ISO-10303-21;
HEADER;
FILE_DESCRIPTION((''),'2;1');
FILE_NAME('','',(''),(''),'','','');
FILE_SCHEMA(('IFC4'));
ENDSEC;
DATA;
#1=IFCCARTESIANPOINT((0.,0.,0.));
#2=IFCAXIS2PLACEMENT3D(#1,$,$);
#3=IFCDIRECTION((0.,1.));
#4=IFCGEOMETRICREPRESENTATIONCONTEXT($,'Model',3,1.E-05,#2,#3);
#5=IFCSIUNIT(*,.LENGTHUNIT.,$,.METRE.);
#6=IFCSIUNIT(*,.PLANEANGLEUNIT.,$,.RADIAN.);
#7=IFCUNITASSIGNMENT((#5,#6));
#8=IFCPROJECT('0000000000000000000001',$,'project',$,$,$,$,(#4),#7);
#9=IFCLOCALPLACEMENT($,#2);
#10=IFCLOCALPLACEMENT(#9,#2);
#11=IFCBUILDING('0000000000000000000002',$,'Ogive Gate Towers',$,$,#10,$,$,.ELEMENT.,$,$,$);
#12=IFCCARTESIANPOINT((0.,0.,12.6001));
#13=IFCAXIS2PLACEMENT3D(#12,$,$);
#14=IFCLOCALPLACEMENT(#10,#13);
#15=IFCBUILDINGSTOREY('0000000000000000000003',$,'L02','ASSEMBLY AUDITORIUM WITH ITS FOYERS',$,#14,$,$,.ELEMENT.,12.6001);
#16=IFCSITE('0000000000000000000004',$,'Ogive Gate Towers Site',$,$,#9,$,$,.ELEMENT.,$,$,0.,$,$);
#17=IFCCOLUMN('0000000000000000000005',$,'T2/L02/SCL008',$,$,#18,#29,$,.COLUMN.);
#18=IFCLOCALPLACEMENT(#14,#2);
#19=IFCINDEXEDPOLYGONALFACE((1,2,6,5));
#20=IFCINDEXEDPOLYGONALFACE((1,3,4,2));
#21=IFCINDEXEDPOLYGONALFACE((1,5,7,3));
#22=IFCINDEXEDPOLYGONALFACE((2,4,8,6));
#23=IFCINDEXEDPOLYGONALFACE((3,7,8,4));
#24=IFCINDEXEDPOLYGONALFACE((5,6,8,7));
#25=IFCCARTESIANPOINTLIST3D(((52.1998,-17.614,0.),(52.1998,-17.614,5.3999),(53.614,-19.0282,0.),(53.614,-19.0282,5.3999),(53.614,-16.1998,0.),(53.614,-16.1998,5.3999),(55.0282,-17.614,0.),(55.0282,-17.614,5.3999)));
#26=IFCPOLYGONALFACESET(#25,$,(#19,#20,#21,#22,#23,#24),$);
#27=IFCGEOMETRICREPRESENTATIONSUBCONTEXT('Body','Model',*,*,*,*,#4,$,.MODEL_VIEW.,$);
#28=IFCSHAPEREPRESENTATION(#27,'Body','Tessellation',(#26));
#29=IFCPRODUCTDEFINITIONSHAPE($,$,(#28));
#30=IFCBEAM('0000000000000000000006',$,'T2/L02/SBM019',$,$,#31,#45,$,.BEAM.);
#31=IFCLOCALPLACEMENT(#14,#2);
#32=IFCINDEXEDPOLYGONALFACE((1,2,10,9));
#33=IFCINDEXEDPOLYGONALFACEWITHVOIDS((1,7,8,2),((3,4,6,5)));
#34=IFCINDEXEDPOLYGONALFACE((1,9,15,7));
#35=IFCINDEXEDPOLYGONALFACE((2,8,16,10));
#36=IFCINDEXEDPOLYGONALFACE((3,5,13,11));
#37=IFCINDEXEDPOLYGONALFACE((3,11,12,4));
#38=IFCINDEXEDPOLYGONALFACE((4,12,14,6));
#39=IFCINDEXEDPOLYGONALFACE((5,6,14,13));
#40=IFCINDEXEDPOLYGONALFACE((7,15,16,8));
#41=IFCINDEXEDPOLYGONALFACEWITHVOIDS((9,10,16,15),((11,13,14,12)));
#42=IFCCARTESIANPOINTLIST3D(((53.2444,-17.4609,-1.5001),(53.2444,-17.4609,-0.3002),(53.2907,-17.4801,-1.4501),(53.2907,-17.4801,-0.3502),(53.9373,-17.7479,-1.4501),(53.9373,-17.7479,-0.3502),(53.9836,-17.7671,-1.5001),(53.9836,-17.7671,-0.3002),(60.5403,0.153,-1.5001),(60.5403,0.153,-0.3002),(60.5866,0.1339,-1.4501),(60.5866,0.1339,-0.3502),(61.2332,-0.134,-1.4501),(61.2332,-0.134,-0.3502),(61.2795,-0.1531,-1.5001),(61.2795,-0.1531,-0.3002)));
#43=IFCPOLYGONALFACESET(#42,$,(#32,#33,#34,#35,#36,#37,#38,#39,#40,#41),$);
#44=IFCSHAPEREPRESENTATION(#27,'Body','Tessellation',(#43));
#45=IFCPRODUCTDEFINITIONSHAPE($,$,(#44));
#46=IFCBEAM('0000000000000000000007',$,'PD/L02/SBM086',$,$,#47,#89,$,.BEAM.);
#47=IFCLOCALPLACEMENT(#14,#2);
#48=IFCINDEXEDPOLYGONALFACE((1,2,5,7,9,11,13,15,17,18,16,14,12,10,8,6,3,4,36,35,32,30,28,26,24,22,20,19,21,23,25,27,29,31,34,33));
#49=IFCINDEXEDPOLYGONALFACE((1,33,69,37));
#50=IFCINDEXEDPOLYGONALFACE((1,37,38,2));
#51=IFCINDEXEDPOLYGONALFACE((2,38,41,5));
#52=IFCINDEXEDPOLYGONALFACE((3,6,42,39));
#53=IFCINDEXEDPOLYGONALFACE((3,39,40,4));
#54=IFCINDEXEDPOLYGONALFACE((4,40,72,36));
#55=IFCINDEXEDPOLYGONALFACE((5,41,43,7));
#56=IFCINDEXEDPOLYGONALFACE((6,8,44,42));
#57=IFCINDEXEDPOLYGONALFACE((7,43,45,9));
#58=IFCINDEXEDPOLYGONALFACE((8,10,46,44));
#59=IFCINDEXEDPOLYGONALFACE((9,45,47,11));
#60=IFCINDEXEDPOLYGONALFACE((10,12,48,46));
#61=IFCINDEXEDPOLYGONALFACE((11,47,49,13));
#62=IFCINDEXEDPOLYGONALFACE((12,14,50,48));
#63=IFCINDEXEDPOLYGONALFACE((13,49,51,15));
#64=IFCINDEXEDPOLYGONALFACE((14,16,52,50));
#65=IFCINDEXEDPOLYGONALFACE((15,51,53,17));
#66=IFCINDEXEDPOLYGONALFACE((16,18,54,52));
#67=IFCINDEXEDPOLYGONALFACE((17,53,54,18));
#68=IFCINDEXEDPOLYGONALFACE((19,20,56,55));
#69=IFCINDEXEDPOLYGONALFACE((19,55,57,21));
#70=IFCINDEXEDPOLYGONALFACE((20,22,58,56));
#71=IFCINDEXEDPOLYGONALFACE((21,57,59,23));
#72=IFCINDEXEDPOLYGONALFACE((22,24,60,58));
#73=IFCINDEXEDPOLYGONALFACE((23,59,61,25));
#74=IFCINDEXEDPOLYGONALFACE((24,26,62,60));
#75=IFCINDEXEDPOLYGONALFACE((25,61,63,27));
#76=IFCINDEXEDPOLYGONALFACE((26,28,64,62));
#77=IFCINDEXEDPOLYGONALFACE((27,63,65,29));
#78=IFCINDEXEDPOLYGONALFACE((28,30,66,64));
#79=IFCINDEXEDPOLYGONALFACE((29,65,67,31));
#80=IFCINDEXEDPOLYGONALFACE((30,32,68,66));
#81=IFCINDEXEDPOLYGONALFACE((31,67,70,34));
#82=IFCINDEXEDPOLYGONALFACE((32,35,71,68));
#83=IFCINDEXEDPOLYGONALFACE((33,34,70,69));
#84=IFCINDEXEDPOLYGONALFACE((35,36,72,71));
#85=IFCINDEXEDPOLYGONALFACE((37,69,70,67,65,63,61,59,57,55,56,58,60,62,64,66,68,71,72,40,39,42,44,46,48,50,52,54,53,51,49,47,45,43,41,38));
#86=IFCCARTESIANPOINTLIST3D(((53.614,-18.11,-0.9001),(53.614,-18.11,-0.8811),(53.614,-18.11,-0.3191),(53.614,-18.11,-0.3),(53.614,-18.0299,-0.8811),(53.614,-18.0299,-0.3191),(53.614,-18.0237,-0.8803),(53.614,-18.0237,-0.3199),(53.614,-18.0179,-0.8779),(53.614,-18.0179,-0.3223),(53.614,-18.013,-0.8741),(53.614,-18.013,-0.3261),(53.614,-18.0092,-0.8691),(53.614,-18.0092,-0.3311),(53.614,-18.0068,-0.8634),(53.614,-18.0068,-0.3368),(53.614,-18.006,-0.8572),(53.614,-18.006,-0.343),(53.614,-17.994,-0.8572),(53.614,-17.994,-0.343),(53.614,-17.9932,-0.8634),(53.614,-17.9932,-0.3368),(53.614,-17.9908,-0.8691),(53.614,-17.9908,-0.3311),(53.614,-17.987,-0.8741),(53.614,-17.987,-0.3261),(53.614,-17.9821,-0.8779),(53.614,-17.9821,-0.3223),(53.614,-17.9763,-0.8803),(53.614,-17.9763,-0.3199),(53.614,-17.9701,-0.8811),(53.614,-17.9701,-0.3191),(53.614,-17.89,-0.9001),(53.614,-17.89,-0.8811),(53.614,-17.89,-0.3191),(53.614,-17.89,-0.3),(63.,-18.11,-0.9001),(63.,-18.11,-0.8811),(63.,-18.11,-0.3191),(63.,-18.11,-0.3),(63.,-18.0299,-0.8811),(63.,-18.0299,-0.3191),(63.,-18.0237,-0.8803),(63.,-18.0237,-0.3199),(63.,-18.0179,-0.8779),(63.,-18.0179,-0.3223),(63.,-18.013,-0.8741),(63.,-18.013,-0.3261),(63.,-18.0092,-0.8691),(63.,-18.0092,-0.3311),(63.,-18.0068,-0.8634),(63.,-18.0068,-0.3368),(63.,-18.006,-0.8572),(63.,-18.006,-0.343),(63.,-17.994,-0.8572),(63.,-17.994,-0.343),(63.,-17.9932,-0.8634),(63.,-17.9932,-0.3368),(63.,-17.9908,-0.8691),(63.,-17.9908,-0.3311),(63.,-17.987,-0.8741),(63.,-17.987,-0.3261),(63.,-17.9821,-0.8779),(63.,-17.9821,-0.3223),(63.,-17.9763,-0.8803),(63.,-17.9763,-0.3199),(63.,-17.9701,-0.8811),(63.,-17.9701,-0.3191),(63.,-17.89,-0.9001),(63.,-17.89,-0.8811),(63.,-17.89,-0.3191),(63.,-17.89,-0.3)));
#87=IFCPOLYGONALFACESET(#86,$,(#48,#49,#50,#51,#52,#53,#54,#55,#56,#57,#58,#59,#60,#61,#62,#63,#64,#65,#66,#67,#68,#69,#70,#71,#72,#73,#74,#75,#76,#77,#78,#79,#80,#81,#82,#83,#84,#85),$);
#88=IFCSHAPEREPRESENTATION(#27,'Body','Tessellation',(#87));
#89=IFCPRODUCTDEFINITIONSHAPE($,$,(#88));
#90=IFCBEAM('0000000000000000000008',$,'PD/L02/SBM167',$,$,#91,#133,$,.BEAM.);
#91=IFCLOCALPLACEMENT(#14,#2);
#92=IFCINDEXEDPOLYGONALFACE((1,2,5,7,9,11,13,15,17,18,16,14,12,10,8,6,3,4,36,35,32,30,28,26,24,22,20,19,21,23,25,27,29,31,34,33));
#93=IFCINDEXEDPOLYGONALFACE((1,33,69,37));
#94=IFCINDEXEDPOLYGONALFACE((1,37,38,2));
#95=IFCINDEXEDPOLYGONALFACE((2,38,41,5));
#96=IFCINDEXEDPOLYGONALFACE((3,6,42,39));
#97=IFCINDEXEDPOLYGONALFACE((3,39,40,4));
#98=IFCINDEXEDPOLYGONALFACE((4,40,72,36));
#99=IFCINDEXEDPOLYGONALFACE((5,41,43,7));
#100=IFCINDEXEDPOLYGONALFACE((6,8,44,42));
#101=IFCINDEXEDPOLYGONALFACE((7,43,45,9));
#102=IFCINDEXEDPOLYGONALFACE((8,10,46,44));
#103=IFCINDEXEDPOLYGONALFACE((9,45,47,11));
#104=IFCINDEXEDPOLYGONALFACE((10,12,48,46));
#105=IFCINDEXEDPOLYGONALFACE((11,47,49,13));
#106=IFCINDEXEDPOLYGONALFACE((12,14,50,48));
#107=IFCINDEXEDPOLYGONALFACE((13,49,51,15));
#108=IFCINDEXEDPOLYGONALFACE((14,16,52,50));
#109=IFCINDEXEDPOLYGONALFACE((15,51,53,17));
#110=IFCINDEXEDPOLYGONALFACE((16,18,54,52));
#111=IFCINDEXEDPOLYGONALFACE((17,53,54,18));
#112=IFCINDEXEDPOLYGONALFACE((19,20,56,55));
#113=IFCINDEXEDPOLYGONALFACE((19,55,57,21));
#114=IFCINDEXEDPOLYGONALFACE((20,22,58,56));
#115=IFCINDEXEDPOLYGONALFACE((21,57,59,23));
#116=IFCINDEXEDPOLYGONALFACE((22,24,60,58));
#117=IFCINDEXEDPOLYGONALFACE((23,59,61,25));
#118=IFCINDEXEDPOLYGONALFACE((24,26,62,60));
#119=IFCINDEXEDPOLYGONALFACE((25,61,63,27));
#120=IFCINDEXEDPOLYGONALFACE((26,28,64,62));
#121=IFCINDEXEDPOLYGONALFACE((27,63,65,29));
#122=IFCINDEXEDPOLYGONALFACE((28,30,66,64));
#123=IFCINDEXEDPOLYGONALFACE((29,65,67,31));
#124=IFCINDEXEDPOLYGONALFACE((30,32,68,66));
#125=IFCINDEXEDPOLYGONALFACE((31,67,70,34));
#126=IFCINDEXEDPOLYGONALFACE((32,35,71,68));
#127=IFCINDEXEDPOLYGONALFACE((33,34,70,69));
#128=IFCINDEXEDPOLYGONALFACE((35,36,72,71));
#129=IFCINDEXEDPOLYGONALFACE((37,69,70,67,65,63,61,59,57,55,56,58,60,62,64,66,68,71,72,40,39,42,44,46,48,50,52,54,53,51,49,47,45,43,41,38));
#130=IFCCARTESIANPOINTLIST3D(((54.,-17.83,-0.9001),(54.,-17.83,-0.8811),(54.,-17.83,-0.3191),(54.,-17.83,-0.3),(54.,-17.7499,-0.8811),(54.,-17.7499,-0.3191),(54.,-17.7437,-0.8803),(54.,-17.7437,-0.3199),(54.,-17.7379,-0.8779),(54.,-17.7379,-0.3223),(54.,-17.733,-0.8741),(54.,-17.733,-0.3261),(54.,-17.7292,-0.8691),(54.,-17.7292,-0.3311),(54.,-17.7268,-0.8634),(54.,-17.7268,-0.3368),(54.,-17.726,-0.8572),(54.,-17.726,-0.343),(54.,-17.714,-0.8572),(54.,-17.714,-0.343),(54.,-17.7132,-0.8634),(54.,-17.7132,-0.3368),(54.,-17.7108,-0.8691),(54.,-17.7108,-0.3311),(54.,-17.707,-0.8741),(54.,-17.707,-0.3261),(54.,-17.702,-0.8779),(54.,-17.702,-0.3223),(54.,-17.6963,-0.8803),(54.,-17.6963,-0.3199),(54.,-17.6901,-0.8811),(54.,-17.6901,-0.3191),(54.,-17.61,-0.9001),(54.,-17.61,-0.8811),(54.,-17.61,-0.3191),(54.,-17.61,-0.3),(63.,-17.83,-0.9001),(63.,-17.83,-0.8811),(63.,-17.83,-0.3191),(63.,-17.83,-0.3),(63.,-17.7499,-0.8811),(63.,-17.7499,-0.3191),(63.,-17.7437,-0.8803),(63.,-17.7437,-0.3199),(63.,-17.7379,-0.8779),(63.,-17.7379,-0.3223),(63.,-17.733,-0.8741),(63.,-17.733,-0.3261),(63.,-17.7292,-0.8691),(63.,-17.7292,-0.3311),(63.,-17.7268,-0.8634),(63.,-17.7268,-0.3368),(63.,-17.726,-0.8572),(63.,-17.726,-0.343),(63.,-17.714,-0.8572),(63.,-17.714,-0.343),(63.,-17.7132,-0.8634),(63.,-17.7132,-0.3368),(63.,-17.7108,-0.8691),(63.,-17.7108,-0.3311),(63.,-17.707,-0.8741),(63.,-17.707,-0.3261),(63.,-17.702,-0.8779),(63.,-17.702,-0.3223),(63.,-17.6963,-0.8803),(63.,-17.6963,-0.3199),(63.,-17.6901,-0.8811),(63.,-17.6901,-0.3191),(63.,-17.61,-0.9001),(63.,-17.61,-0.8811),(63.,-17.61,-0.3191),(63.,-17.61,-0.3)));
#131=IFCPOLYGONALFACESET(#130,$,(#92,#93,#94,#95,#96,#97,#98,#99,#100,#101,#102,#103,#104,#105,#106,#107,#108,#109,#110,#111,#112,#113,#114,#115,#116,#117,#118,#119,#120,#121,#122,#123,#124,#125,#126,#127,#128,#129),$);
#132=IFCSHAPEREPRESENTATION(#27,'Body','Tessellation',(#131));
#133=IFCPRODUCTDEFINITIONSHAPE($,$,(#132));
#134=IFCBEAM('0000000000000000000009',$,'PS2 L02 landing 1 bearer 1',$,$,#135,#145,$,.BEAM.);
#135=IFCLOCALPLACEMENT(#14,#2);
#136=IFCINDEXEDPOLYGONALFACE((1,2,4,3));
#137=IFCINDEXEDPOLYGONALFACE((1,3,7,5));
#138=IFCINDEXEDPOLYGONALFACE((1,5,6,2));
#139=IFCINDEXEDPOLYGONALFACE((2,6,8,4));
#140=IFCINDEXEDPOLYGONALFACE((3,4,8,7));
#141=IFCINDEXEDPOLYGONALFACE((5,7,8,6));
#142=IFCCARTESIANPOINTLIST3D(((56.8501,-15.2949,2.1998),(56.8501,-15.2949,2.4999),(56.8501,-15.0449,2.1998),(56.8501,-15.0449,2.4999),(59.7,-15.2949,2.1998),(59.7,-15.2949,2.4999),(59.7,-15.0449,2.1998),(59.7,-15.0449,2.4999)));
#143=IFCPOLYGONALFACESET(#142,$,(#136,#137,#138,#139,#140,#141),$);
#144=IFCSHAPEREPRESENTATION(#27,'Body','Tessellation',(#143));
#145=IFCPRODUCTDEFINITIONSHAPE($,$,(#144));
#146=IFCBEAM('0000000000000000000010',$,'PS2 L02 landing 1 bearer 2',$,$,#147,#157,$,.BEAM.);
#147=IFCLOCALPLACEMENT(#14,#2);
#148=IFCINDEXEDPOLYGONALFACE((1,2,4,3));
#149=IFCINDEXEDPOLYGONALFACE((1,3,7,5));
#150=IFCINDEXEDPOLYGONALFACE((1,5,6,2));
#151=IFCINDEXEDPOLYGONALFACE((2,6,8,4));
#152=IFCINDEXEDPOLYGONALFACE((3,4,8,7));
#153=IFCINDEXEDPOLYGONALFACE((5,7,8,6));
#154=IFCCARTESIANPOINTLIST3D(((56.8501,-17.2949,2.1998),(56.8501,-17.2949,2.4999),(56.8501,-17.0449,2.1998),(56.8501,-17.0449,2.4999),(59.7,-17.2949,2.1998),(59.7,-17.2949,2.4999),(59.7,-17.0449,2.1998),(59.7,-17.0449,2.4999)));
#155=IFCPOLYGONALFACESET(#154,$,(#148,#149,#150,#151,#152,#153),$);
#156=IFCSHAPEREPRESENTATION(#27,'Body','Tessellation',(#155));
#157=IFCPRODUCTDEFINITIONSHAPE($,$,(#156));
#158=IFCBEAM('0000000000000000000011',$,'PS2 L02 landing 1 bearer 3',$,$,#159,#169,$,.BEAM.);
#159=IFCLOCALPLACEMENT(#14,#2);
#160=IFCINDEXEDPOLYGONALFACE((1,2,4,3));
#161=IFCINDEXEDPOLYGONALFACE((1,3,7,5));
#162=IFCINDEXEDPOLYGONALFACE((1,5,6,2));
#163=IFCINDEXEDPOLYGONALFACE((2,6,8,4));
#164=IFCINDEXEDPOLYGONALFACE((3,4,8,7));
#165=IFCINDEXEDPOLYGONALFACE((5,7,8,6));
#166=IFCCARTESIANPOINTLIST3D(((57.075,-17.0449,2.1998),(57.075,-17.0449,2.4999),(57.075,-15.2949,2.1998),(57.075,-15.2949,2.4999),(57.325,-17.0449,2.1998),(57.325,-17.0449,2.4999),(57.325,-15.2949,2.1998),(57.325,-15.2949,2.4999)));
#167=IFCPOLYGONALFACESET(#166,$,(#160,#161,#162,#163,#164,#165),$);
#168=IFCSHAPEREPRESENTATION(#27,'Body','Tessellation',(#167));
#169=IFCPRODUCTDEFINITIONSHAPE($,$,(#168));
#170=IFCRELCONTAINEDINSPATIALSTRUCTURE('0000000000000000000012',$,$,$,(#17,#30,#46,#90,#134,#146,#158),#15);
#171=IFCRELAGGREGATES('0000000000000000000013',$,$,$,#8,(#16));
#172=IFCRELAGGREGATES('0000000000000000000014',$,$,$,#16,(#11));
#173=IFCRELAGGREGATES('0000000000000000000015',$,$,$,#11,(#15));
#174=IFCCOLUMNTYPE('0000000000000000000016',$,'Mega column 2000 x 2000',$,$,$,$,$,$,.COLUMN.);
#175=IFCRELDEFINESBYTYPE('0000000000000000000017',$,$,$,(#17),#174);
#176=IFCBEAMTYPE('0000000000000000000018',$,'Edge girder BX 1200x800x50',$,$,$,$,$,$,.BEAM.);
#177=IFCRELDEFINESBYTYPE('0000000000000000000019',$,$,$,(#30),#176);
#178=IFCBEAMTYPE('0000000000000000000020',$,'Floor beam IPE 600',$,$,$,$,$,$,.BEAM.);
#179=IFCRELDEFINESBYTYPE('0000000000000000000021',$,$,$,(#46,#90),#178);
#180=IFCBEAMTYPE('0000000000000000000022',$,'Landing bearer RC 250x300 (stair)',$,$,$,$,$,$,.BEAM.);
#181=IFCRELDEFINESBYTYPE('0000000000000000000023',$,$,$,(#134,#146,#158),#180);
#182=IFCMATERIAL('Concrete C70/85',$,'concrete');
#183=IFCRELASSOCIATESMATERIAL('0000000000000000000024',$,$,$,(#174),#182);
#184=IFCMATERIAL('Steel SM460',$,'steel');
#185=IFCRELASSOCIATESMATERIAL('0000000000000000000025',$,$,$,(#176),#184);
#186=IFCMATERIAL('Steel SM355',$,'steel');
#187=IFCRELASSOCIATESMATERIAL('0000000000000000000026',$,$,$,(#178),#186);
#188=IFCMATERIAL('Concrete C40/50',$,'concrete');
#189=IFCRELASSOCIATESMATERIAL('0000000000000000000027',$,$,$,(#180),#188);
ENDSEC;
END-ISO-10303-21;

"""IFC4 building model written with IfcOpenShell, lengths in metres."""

from ifc_helpers import new_model, si_unit, direction, frame, origin, origin_2d, place, context, subcontext, project, spatial, rectangle, hollow_rectangle, i_section, extrude, material, material_profile, profile_set, type_object, element, save


model = new_model("IFC4")

# Units and contexts
model_context = context("Model", 3, precision=1e-05, world=origin(), true_north=direction((0.0, 1.0)))
body_context = subcontext(model_context, "Body", "Model", "MODEL_VIEW")
ifc_project = project(units=[si_unit("LENGTHUNIT", "METRE"), si_unit("PLANEANGLEUNIT", "RADIAN")], contexts=[model_context])

# Site, building, storey
site_placement = place(None, origin())
site = spatial("IfcSite", under=ifc_project, at=site_placement, Name="Ogive Gate Towers Site", CompositionType="ELEMENT", RefElevation=0.0)
building_placement = place(site_placement, origin())
building = spatial("IfcBuilding", under=site, at=building_placement, Name="Ogive Gate Towers", CompositionType="ELEMENT")
storey_placement = place(building_placement, frame((0.0, 0.0, 12.6001)))
storey = spatial("IfcBuildingStorey", under=building, at=storey_placement, Name="L02", Description="ASSEMBLY AUDITORIUM WITH ITS FOYERS", CompositionType="ELEMENT", Elevation=12.6001)

# Column
ifc_material_1 = material(Name="Concrete C70/85", Category="concrete")
ifc_material_profile_1 = material_profile(ifc_material_1, rectangle(XDim=2.0, YDim=2.0, at=origin_2d()), Name="RC 2000x2000")
ifc_profile_set_1 = profile_set([ifc_material_profile_1], Name="Concrete C70/85")
column_type = type_object("IfcColumnType", Name="Mega column 2000 x 2000", PredefinedType="COLUMN", material=ifc_profile_set_1)
column_placement = place(storey_placement, frame((53.614, -17.614, 0.0), z_axis=(0.0, 0.0, 1.0), x_axis=(0.707107, -0.707107, 0.0)))
element("IfcColumn", 1, at=column_placement, inside=storey, type_object=column_type, Name="T2/L02/SCL008", PredefinedType="COLUMN", context=body_context, shape_type="SweptSolid", body=[
    extrude(rectangle(XDim=2.0, YDim=2.0, at=origin_2d()), origin(), (0.0, 0.0, 1.0), 5.3999),
])

# Beams
ifc_material_2 = material(Name="Steel SM460", Category="steel")
ifc_material_profile_2 = material_profile(ifc_material_2, hollow_rectangle(XDim=0.8, YDim=1.2, WallThickness=0.05, at=origin_2d()), Name="BX 1200x800x50")
ifc_profile_set_2 = profile_set([ifc_material_profile_2], Name="Steel SM460")
beam_type_1 = type_object("IfcBeamType", Name="Edge girder BX 1200x800x50", PredefinedType="BEAM", material=ifc_profile_set_2)
beam_1_placement = place(storey_placement, frame((53.614, -17.614, -0.9001), z_axis=(0.382681, 0.923881, 0.0), x_axis=(-0.923881, 0.382681, 0.0)))
element("IfcBeam", 2, at=beam_1_placement, inside=storey, type_object=beam_type_1, Name="T2/L02/SBM019", PredefinedType="BEAM", context=body_context, shape_type="SweptSolid", body=[
    extrude(hollow_rectangle(XDim=0.8, YDim=1.2, WallThickness=0.05, at=origin_2d()), origin(), (0.0, 0.0, 1.0), 19.0652),
])
ifc_material_3 = material(Name="Steel SM355", Category="steel")
ifc_material_profile_3 = material_profile(ifc_material_3, i_section(OverallWidth=0.22, OverallDepth=0.6001, WebThickness=0.012, FlangeThickness=0.019, FilletRadius=0.0239, at=origin_2d()), Name="IPE 600")
ifc_profile_set_3 = profile_set([ifc_material_profile_3], Name="Steel SM355")
beam_type_2 = type_object("IfcBeamType", Name="Floor beam IPE 600", PredefinedType="BEAM", material=ifc_profile_set_3)
beam_2_placement = place(storey_placement, frame((53.614, -18.0, -0.6001), z_axis=(1.0, 0.0, 0.0), x_axis=(0.0, 1.0, 0.0)))
element("IfcBeam", 3, at=beam_2_placement, inside=storey, type_object=beam_type_2, Name="PD/L02/SBM086", PredefinedType="BEAM", context=body_context, shape_type="SweptSolid", body=[
    extrude(i_section(OverallWidth=0.22, OverallDepth=0.6001, WebThickness=0.012, FlangeThickness=0.019, FilletRadius=0.0239, at=origin_2d()), origin(), (0.0, 0.0, 1.0), 9.386),
])
beam_3_placement = place(storey_placement, frame((54.0, -17.72, -0.6001), z_axis=(1.0, 0.0, 0.0), x_axis=(0.0, 1.0, 0.0)))
element("IfcBeam", 4, at=beam_3_placement, inside=storey, type_object=beam_type_2, Name="PD/L02/SBM167", PredefinedType="BEAM", context=body_context, shape_type="SweptSolid", body=[
    extrude(i_section(OverallWidth=0.22, OverallDepth=0.6001, WebThickness=0.012, FlangeThickness=0.019, FilletRadius=0.0239, at=origin_2d()), origin(), (0.0, 0.0, 1.0), 9.0),
])
ifc_material_4 = material(Name="Concrete C40/50", Category="concrete")
ifc_material_profile_4 = material_profile(ifc_material_4, rectangle(XDim=0.25, YDim=0.3, at=origin_2d()), Name="RC 250x300")
ifc_profile_set_4 = profile_set([ifc_material_profile_4], Name="Concrete C40/50")
beam_type_3 = type_object("IfcBeamType", Name="Landing bearer RC 250x300 (stair)", PredefinedType="BEAM", material=ifc_profile_set_4)
for number, where, z_axis, x_axis, name in (
    (5, (56.8501, -15.1699, 2.3499), (1.0, 0.0, 0.0), (0.0, 1.0, 0.0), "PS2 L02 landing 1 bearer 1"),
    (6, (56.8501, -17.1699, 2.3499), (1.0, 0.0, 0.0), (0.0, 1.0, 0.0), "PS2 L02 landing 1 bearer 2"),
):
    element("IfcBeam", number, at=place(storey_placement, frame(where, z_axis=z_axis, x_axis=x_axis)), inside=storey, type_object=beam_type_3, Name=name, PredefinedType="BEAM", context=body_context, shape_type="SweptSolid", body=[
        extrude(rectangle(XDim=0.25, YDim=0.3, at=origin_2d()), origin(), (0.0, 0.0, 1.0), 2.8499),
    ])
beam_4_placement = place(storey_placement, frame((57.2, -15.2949, 2.3499), z_axis=(0.0, -1.0, 0.0), x_axis=(1.0, 0.0, 0.0)))
element("IfcBeam", 7, at=beam_4_placement, inside=storey, type_object=beam_type_3, Name="PS2 L02 landing 1 bearer 3", PredefinedType="BEAM", context=body_context, shape_type="SweptSolid", body=[
    extrude(rectangle(XDim=0.25, YDim=0.3, at=origin_2d()), origin(), (0.0, 0.0, 1.0), 1.75),
])

save(model, "model.ifc")
